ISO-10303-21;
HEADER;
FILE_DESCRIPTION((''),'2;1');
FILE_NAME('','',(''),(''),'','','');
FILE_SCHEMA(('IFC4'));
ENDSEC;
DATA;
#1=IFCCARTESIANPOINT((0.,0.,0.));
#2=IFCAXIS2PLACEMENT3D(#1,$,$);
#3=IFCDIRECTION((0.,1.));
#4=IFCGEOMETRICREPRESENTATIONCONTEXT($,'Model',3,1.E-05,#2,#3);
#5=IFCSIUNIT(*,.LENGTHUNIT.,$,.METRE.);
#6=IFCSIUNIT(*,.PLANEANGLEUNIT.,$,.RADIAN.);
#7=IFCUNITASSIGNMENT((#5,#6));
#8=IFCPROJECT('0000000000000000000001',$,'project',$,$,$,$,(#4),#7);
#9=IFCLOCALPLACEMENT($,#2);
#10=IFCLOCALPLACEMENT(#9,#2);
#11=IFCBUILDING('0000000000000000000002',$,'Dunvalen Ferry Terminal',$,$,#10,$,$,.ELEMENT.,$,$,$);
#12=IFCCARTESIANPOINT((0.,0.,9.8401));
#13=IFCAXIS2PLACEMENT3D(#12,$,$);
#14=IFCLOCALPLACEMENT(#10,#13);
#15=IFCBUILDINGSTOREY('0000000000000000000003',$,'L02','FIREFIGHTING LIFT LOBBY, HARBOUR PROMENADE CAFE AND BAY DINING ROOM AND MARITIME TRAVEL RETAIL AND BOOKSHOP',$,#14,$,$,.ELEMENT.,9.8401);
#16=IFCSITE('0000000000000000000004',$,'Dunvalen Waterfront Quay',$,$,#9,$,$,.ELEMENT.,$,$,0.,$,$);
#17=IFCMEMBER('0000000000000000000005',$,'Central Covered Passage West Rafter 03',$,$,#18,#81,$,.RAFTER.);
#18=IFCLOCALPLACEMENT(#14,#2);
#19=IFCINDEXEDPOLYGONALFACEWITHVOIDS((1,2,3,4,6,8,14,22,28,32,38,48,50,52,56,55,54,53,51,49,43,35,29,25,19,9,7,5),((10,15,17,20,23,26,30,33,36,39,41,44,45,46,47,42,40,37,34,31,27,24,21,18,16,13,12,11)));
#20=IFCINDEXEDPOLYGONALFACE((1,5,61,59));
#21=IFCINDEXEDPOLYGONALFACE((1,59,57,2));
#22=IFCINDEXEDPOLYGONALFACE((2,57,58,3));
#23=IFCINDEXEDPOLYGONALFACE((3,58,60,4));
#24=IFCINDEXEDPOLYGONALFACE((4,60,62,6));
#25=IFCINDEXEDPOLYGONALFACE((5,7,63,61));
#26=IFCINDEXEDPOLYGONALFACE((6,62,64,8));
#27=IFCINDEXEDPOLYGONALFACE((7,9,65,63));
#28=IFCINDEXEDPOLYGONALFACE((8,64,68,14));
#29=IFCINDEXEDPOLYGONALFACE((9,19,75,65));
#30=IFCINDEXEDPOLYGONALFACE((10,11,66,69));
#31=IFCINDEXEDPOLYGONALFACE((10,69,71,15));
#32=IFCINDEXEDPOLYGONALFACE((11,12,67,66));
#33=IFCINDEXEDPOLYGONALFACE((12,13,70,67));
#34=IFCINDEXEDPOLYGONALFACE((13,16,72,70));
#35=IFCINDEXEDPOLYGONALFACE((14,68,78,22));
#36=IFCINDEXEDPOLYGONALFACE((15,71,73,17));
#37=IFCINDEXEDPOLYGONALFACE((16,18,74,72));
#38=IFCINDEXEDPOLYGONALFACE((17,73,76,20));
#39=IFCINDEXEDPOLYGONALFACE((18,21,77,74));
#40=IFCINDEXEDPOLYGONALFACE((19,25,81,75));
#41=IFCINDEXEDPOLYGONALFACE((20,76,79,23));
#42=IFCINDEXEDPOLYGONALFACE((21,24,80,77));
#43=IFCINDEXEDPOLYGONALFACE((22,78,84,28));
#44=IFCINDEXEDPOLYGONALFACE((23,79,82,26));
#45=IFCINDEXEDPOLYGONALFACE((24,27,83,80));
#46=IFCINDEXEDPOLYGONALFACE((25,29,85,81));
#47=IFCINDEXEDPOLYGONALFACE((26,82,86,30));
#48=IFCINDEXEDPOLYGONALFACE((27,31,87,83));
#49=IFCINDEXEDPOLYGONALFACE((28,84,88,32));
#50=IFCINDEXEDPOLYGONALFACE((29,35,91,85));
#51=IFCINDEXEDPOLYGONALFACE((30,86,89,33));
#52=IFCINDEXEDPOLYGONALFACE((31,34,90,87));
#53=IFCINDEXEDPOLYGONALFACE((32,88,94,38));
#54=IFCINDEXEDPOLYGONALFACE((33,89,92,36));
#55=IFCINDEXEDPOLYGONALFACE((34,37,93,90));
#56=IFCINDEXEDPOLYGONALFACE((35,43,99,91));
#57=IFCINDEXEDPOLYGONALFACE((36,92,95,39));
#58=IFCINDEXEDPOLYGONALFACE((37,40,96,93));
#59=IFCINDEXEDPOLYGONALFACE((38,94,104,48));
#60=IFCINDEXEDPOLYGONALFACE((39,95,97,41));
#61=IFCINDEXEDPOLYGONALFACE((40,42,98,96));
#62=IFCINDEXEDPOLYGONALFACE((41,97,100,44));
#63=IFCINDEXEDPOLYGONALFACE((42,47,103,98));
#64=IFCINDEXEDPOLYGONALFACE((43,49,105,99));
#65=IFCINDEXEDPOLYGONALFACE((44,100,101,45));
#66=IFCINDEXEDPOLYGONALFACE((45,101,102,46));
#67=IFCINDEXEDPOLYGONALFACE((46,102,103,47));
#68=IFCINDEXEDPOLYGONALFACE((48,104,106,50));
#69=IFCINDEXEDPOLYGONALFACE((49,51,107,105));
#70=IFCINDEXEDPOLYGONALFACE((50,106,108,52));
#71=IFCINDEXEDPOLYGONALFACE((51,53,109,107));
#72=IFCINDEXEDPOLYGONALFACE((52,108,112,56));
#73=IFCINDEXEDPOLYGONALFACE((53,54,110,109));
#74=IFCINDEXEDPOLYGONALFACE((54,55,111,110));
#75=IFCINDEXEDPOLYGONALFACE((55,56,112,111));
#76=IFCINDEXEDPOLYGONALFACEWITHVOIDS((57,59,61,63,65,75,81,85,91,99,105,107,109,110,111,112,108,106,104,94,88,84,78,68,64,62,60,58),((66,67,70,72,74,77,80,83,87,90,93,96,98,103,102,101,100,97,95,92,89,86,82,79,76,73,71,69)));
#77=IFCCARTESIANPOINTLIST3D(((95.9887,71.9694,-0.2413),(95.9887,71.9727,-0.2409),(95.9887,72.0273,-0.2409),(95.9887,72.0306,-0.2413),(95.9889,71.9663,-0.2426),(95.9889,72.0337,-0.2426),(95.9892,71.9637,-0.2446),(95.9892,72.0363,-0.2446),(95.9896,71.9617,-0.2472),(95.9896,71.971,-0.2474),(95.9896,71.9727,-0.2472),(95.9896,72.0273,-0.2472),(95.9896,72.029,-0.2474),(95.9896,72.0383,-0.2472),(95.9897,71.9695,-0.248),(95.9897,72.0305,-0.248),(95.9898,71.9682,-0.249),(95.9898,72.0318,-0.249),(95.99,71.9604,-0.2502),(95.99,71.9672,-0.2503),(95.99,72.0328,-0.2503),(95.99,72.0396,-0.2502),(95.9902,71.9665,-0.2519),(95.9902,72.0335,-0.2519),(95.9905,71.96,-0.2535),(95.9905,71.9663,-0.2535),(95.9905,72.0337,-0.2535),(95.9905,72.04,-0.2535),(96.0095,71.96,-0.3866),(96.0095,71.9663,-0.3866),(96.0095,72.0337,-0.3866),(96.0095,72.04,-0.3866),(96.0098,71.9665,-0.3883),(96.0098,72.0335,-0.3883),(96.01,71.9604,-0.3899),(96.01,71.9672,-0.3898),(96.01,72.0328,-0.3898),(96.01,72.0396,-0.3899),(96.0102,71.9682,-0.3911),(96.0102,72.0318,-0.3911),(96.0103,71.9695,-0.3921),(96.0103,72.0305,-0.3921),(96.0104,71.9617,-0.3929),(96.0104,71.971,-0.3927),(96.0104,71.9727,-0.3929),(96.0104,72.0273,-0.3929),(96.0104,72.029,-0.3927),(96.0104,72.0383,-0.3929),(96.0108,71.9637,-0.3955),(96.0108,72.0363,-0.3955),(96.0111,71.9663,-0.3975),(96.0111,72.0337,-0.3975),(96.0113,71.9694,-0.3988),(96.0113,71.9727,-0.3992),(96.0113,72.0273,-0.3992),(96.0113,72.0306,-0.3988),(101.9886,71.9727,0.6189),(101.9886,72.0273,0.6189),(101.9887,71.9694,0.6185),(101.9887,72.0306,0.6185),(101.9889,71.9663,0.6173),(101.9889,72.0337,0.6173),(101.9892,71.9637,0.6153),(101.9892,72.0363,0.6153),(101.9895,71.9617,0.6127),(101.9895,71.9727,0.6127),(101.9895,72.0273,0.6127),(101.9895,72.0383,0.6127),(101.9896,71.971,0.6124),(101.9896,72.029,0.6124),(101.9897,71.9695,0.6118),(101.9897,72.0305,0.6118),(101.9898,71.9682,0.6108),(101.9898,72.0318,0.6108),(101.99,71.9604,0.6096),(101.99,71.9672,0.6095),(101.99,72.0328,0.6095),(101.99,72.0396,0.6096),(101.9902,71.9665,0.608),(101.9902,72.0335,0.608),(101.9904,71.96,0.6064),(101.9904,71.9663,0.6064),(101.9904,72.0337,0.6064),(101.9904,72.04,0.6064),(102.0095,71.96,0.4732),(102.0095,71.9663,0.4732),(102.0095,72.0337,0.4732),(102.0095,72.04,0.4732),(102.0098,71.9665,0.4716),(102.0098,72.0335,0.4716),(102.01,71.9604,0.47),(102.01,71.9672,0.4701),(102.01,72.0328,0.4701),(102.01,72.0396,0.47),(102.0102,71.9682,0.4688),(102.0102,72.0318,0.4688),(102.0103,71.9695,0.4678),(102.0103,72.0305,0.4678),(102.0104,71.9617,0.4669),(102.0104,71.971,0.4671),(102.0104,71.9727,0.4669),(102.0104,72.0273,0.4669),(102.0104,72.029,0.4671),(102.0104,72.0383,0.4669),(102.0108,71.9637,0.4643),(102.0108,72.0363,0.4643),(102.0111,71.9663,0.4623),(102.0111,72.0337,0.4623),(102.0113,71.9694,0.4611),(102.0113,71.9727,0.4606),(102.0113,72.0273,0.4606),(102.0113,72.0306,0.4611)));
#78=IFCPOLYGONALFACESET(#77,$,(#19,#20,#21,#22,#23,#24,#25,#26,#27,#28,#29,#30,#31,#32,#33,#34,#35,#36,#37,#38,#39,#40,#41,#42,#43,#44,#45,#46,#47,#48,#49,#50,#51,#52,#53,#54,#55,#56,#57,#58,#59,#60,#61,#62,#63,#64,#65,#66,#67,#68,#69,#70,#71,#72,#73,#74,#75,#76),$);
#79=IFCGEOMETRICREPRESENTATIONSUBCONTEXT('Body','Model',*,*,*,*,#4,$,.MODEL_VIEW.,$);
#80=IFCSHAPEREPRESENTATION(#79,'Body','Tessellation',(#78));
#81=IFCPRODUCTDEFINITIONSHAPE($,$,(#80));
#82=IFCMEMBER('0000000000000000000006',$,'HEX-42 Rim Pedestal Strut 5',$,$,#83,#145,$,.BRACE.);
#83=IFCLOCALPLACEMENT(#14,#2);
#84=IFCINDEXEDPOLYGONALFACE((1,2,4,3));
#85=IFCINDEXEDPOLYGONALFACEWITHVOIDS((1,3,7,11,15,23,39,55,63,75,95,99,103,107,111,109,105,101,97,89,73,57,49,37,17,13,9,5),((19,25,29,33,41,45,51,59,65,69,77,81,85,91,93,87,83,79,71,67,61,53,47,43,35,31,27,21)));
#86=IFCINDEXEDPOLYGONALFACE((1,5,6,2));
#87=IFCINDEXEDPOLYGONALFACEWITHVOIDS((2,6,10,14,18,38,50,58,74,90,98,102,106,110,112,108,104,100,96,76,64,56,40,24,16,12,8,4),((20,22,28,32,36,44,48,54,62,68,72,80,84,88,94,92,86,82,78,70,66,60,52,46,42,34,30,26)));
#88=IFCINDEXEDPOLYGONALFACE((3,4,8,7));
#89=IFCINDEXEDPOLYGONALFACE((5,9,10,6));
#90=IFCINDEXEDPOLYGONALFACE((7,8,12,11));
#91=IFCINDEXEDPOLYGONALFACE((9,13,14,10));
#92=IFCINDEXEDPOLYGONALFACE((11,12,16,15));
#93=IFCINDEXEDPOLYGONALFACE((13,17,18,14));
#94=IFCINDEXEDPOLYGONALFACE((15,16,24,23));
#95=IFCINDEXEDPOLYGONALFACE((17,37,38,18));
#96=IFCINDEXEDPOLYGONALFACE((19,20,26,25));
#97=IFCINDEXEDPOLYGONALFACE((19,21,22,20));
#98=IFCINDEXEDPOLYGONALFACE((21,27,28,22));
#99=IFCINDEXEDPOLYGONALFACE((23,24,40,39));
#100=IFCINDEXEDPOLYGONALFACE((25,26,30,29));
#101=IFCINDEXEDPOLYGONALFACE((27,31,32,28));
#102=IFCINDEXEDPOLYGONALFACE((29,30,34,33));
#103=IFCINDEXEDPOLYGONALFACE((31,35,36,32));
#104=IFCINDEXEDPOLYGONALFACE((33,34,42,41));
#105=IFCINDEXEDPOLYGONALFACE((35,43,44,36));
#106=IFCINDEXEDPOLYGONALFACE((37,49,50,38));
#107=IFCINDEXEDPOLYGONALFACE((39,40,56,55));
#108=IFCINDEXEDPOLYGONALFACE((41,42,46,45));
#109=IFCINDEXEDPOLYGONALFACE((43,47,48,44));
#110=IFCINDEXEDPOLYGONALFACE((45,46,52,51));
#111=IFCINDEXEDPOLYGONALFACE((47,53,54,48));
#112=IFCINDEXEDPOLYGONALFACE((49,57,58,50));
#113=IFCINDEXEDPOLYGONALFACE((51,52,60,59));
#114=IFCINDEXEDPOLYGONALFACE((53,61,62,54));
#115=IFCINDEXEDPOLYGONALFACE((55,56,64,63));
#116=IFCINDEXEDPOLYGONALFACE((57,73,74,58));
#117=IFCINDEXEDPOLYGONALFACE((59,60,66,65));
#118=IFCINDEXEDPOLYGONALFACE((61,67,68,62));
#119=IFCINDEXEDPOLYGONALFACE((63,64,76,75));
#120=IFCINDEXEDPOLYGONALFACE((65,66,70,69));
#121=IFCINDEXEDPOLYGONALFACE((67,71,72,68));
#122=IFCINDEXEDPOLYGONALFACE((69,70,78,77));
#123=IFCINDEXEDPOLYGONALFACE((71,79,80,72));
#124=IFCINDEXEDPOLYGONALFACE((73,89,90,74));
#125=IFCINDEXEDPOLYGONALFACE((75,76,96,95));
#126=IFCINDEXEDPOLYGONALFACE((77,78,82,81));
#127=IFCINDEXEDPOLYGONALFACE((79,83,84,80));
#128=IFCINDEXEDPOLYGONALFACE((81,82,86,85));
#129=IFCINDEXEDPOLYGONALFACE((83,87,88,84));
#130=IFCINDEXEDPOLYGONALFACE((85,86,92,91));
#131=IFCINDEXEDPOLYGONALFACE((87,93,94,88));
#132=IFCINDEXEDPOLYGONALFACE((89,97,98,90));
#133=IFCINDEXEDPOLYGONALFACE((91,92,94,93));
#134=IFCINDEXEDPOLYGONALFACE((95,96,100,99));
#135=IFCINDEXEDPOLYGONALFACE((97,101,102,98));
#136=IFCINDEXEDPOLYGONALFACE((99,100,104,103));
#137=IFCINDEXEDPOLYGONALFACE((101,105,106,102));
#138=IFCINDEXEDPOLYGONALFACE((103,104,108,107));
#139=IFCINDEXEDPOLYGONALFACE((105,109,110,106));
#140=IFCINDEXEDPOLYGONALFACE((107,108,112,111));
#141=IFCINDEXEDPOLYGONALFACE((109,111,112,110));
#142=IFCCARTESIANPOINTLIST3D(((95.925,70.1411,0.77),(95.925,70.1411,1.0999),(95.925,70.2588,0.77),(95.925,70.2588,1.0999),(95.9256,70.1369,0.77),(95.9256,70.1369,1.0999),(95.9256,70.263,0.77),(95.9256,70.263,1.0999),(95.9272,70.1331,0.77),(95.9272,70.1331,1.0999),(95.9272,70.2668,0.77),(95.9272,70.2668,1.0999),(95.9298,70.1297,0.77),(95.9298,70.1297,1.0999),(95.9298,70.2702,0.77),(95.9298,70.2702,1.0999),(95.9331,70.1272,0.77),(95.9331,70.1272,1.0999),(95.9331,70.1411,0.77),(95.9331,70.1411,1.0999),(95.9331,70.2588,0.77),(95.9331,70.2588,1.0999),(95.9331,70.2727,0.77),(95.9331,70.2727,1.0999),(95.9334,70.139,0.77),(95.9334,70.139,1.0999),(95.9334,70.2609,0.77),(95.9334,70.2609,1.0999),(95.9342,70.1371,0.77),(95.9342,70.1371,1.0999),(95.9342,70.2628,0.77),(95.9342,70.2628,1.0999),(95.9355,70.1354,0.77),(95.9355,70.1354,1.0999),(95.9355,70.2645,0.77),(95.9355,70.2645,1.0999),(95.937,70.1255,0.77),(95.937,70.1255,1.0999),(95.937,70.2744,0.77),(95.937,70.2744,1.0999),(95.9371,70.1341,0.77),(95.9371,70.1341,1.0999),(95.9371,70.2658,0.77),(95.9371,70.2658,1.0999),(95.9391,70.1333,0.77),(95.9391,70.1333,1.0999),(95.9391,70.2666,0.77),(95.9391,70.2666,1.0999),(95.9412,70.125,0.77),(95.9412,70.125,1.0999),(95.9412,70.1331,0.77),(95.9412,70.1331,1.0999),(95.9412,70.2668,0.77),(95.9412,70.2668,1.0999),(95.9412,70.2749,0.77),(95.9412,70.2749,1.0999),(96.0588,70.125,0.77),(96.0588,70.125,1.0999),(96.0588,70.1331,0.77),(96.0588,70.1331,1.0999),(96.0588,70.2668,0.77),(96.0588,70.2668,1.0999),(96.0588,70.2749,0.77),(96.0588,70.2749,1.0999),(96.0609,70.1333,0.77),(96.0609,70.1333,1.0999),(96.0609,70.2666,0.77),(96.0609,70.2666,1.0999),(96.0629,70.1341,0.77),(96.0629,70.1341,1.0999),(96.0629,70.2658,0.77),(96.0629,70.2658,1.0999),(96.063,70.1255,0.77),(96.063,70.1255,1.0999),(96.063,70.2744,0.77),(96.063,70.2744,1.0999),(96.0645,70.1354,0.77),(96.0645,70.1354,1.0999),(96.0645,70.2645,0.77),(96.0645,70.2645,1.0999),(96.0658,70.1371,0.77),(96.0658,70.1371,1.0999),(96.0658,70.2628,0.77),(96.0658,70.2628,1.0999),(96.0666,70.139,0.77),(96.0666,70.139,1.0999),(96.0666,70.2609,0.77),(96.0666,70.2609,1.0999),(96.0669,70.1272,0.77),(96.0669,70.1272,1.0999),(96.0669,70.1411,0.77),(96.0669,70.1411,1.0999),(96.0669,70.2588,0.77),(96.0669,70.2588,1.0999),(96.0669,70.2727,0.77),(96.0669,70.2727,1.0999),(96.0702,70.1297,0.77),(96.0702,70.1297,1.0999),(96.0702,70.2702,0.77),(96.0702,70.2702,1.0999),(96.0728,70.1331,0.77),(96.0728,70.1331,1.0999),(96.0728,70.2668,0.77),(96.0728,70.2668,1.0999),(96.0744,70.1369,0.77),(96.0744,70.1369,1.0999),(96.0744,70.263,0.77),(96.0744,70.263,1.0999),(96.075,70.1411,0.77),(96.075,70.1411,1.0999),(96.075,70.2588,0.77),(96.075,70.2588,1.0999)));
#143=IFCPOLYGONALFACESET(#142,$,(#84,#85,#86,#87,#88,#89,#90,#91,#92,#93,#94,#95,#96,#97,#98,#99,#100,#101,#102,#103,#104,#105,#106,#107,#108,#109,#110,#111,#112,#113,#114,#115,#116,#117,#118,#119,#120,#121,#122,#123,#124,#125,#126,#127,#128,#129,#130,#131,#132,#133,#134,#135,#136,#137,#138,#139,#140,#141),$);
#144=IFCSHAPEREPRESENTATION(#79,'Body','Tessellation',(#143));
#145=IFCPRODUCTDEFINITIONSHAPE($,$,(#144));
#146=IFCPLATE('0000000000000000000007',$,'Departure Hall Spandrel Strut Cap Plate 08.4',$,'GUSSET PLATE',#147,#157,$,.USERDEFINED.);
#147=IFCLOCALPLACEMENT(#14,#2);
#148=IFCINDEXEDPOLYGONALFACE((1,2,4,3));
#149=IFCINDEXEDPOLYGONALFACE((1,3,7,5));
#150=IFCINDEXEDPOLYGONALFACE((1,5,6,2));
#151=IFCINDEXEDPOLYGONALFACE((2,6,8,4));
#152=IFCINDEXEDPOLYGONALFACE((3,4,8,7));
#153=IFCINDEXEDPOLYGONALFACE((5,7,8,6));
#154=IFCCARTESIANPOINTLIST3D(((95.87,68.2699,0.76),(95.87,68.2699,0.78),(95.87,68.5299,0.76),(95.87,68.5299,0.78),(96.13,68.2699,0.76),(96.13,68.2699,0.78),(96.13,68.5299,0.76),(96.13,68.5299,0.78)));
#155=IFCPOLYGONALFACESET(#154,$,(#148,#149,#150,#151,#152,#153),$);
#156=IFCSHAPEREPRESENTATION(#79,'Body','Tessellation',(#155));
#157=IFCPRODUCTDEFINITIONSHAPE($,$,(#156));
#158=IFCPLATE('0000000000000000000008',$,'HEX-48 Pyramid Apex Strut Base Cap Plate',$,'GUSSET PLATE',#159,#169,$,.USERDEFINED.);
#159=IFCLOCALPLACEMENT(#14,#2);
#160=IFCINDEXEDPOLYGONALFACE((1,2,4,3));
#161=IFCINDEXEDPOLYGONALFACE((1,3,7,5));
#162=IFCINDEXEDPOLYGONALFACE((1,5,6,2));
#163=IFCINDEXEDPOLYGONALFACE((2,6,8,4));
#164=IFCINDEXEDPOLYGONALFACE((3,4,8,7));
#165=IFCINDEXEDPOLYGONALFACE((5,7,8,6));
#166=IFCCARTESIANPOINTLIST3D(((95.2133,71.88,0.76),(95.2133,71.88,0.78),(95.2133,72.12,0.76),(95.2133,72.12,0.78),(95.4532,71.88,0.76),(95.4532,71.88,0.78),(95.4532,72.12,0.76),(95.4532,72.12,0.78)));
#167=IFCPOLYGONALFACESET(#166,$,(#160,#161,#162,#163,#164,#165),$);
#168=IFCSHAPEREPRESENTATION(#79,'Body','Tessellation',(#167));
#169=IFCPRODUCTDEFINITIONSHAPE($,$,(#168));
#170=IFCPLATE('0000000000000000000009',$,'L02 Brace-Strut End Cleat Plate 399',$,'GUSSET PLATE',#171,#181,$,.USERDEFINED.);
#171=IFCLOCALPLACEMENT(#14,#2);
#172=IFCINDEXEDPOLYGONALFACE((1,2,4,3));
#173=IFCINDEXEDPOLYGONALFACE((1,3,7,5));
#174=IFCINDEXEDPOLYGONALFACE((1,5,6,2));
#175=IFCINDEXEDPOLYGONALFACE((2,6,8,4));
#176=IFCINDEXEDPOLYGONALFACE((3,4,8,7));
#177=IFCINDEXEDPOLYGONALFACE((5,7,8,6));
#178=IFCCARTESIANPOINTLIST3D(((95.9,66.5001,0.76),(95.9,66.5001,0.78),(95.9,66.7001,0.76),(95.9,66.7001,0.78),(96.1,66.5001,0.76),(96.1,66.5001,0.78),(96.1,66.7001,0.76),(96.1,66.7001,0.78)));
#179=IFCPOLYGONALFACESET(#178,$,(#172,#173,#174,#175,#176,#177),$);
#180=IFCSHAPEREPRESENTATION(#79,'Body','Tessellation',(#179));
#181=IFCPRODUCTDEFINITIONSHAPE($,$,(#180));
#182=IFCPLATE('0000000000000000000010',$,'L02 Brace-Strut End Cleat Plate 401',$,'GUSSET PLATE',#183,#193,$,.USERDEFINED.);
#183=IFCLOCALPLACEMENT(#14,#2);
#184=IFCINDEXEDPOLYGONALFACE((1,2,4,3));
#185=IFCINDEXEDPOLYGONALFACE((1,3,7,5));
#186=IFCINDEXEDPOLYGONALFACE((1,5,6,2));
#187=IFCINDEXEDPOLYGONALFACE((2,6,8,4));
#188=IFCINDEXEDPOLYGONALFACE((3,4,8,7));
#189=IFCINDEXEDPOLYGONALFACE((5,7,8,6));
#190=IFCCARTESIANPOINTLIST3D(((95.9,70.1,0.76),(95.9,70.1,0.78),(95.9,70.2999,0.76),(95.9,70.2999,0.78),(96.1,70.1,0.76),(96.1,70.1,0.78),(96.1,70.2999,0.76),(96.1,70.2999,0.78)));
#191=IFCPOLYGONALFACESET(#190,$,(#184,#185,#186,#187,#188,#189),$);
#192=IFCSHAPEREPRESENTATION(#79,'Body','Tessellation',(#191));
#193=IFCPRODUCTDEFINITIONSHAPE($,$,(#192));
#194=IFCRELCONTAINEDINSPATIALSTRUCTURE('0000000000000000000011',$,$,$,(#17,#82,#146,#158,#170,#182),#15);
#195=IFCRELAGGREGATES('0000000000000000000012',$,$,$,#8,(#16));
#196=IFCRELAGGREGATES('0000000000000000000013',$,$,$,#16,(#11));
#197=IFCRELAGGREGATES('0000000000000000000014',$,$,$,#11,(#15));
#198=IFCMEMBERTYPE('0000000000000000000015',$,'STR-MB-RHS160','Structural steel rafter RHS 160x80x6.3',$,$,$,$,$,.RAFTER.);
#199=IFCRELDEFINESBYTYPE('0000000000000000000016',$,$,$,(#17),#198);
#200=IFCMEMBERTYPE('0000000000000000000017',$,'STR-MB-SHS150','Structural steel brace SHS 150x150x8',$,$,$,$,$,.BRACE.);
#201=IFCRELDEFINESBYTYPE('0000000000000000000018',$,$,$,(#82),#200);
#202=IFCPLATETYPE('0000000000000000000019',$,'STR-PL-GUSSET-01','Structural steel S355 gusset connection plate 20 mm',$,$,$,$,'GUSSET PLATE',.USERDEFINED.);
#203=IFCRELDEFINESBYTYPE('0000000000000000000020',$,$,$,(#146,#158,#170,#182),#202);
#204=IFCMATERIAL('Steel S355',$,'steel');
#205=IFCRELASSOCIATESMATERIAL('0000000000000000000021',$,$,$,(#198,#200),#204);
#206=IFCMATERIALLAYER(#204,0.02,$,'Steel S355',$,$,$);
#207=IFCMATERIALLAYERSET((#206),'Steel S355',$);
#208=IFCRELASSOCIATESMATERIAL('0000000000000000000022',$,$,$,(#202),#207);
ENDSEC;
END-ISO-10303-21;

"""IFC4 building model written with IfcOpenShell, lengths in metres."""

from ifc_helpers import new_model, si_unit, direction, frame, origin, origin_2d, place, context, subcontext, project, spatial, rectangle, hollow_rectangle, extrude, material, layer, layer_set, material_profile, profile_set, type_object, element, save


model = new_model("IFC4")

# Units and contexts
model_context = context("Model", 3, precision=1e-05, world=origin(), true_north=direction((0.0, 1.0)))
body_context = subcontext(model_context, "Body", "Model", "MODEL_VIEW")
ifc_project = project(units=[si_unit("LENGTHUNIT", "METRE"), si_unit("PLANEANGLEUNIT", "RADIAN")], contexts=[model_context])

# Site, building, storey
site_placement = place(None, origin())
site = spatial("IfcSite", under=ifc_project, at=site_placement, Name="Dunvalen Waterfront Quay", CompositionType="ELEMENT", RefElevation=0.0)
building_placement = place(site_placement, origin())
building = spatial("IfcBuilding", under=site, at=building_placement, Name="Dunvalen Ferry Terminal", CompositionType="ELEMENT")
storey_placement = place(building_placement, frame((0.0, 0.0, 9.8401)))
storey = spatial("IfcBuildingStorey", under=building, at=storey_placement, Name="L02", Description="FIREFIGHTING LIFT LOBBY, HARBOUR PROMENADE CAFE AND BAY DINING ROOM AND MARITIME TRAVEL RETAIL AND BOOKSHOP", CompositionType="ELEMENT", Elevation=9.8401)

# Shared definitions
ifc_material_1 = material(Name="Steel S355", Category="steel")

# Members
ifc_material_profile_1 = material_profile(ifc_material_1, hollow_rectangle(XDim=0.0801, YDim=0.1599, WallThickness=0.0063, InnerFilletRadius=0.0063, OuterFilletRadius=0.0127, at=origin_2d()), Name="Steel S355")
ifc_profile_set_1 = profile_set([ifc_material_profile_1], Name="Steel S355")
member_type_1 = type_object("IfcMemberType", Name="STR-MB-RHS160", Description="Structural steel rafter RHS 160x80x6.3", PredefinedType="RAFTER", material=ifc_profile_set_1)
member_1_placement = place(storey_placement, frame((96.0, 72.0, -0.3201), z_axis=(0.989887, 0.0, 0.141861), x_axis=(0.0, 1.0, 0.0)))
element("IfcMember", 1, at=member_1_placement, inside=storey, type_object=member_type_1, Name="Central Covered Passage West Rafter 03", PredefinedType="RAFTER", context=body_context, shape_type="SweptSolid", body=[
    extrude(hollow_rectangle(XDim=0.0801, YDim=0.1599, WallThickness=0.0063, InnerFilletRadius=0.0063, OuterFilletRadius=0.0127, at=origin_2d()), origin(), (0.0, 0.0, 1.0), 6.0613),
])
ifc_material_profile_2 = material_profile(ifc_material_1, hollow_rectangle(XDim=0.1499, YDim=0.1499, WallThickness=0.0081, InnerFilletRadius=0.0081, OuterFilletRadius=0.0161, at=origin_2d()), Name="Steel S355")
ifc_profile_set_2 = profile_set([ifc_material_profile_2], Name="Steel S355")
member_type_2 = type_object("IfcMemberType", Name="STR-MB-SHS150", Description="Structural steel brace SHS 150x150x8", PredefinedType="BRACE", material=ifc_profile_set_2)
member_2_placement = place(storey_placement, frame((96.0, 70.2, 0.77), z_axis=(0.0, 0.0, 1.0), x_axis=(1.0, 0.0, 0.0)))
element("IfcMember", 2, at=member_2_placement, inside=storey, type_object=member_type_2, Name="HEX-42 Rim Pedestal Strut 5", PredefinedType="BRACE", context=body_context, shape_type="SweptSolid", body=[
    extrude(hollow_rectangle(XDim=0.1499, YDim=0.1499, WallThickness=0.0081, InnerFilletRadius=0.0081, OuterFilletRadius=0.0161, at=origin_2d()), origin(), (0.0, 0.0, 1.0), 0.3298),
])

# Plates
ifc_layer_1 = layer(ifc_material_1, 0.02, Name="Steel S355")
ifc_layer_set_1 = layer_set([ifc_layer_1], Name="Steel S355")
plate_type_1 = type_object("IfcPlateType", Name="STR-PL-GUSSET-01", Description="Structural steel S355 gusset connection plate 20 mm", ElementType="GUSSET PLATE", PredefinedType="USERDEFINED", material=ifc_layer_set_1)
plate_1_placement = place(storey_placement, frame((96.0, 68.3999, 0.76), z_axis=(0.0, 0.0, 1.0), x_axis=(1.0, 0.0, 0.0)))
element("IfcPlate", 3, at=plate_1_placement, inside=storey, type_object=plate_type_1, Name="Departure Hall Spandrel Strut Cap Plate 08.4", ObjectType="GUSSET PLATE", PredefinedType="USERDEFINED", context=body_context, shape_type="SweptSolid", body=[
    extrude(rectangle(XDim=0.26, YDim=0.26, at=origin_2d()), origin(), (0.0, 0.0, 1.0), 0.02),
])
plate_2_placement = place(storey_placement, frame((95.3333, 72.0, 0.76), z_axis=(0.0, 0.0, 1.0), x_axis=(1.0, 0.0, 0.0)))
element("IfcPlate", 4, at=plate_2_placement, inside=storey, type_object=plate_type_1, Name="HEX-48 Pyramid Apex Strut Base Cap Plate", ObjectType="GUSSET PLATE", PredefinedType="USERDEFINED", context=body_context, shape_type="SweptSolid", body=[
    extrude(rectangle(XDim=0.24, YDim=0.24, at=origin_2d()), origin(), (0.0, 0.0, 1.0), 0.02),
])
for number, where, z_axis, x_axis, name in (
    (5, (96.0, 66.6001, 0.76), (0.0, 0.0, 1.0), (1.0, 0.0, 0.0), "L02 Brace-Strut End Cleat Plate 399"),
    (6, (96.0, 70.2, 0.76), (0.0, 0.0, 1.0), (1.0, 0.0, 0.0), "L02 Brace-Strut End Cleat Plate 401"),
):
    element("IfcPlate", number, at=place(storey_placement, frame(where, z_axis=z_axis, x_axis=x_axis)), inside=storey, type_object=plate_type_1, Name=name, ObjectType="GUSSET PLATE", PredefinedType="USERDEFINED", context=body_context, shape_type="SweptSolid", body=[
        extrude(rectangle(XDim=0.2, YDim=0.2, at=origin_2d()), origin(), (0.0, 0.0, 1.0), 0.02),
    ])

save(model, "model.ifc")
